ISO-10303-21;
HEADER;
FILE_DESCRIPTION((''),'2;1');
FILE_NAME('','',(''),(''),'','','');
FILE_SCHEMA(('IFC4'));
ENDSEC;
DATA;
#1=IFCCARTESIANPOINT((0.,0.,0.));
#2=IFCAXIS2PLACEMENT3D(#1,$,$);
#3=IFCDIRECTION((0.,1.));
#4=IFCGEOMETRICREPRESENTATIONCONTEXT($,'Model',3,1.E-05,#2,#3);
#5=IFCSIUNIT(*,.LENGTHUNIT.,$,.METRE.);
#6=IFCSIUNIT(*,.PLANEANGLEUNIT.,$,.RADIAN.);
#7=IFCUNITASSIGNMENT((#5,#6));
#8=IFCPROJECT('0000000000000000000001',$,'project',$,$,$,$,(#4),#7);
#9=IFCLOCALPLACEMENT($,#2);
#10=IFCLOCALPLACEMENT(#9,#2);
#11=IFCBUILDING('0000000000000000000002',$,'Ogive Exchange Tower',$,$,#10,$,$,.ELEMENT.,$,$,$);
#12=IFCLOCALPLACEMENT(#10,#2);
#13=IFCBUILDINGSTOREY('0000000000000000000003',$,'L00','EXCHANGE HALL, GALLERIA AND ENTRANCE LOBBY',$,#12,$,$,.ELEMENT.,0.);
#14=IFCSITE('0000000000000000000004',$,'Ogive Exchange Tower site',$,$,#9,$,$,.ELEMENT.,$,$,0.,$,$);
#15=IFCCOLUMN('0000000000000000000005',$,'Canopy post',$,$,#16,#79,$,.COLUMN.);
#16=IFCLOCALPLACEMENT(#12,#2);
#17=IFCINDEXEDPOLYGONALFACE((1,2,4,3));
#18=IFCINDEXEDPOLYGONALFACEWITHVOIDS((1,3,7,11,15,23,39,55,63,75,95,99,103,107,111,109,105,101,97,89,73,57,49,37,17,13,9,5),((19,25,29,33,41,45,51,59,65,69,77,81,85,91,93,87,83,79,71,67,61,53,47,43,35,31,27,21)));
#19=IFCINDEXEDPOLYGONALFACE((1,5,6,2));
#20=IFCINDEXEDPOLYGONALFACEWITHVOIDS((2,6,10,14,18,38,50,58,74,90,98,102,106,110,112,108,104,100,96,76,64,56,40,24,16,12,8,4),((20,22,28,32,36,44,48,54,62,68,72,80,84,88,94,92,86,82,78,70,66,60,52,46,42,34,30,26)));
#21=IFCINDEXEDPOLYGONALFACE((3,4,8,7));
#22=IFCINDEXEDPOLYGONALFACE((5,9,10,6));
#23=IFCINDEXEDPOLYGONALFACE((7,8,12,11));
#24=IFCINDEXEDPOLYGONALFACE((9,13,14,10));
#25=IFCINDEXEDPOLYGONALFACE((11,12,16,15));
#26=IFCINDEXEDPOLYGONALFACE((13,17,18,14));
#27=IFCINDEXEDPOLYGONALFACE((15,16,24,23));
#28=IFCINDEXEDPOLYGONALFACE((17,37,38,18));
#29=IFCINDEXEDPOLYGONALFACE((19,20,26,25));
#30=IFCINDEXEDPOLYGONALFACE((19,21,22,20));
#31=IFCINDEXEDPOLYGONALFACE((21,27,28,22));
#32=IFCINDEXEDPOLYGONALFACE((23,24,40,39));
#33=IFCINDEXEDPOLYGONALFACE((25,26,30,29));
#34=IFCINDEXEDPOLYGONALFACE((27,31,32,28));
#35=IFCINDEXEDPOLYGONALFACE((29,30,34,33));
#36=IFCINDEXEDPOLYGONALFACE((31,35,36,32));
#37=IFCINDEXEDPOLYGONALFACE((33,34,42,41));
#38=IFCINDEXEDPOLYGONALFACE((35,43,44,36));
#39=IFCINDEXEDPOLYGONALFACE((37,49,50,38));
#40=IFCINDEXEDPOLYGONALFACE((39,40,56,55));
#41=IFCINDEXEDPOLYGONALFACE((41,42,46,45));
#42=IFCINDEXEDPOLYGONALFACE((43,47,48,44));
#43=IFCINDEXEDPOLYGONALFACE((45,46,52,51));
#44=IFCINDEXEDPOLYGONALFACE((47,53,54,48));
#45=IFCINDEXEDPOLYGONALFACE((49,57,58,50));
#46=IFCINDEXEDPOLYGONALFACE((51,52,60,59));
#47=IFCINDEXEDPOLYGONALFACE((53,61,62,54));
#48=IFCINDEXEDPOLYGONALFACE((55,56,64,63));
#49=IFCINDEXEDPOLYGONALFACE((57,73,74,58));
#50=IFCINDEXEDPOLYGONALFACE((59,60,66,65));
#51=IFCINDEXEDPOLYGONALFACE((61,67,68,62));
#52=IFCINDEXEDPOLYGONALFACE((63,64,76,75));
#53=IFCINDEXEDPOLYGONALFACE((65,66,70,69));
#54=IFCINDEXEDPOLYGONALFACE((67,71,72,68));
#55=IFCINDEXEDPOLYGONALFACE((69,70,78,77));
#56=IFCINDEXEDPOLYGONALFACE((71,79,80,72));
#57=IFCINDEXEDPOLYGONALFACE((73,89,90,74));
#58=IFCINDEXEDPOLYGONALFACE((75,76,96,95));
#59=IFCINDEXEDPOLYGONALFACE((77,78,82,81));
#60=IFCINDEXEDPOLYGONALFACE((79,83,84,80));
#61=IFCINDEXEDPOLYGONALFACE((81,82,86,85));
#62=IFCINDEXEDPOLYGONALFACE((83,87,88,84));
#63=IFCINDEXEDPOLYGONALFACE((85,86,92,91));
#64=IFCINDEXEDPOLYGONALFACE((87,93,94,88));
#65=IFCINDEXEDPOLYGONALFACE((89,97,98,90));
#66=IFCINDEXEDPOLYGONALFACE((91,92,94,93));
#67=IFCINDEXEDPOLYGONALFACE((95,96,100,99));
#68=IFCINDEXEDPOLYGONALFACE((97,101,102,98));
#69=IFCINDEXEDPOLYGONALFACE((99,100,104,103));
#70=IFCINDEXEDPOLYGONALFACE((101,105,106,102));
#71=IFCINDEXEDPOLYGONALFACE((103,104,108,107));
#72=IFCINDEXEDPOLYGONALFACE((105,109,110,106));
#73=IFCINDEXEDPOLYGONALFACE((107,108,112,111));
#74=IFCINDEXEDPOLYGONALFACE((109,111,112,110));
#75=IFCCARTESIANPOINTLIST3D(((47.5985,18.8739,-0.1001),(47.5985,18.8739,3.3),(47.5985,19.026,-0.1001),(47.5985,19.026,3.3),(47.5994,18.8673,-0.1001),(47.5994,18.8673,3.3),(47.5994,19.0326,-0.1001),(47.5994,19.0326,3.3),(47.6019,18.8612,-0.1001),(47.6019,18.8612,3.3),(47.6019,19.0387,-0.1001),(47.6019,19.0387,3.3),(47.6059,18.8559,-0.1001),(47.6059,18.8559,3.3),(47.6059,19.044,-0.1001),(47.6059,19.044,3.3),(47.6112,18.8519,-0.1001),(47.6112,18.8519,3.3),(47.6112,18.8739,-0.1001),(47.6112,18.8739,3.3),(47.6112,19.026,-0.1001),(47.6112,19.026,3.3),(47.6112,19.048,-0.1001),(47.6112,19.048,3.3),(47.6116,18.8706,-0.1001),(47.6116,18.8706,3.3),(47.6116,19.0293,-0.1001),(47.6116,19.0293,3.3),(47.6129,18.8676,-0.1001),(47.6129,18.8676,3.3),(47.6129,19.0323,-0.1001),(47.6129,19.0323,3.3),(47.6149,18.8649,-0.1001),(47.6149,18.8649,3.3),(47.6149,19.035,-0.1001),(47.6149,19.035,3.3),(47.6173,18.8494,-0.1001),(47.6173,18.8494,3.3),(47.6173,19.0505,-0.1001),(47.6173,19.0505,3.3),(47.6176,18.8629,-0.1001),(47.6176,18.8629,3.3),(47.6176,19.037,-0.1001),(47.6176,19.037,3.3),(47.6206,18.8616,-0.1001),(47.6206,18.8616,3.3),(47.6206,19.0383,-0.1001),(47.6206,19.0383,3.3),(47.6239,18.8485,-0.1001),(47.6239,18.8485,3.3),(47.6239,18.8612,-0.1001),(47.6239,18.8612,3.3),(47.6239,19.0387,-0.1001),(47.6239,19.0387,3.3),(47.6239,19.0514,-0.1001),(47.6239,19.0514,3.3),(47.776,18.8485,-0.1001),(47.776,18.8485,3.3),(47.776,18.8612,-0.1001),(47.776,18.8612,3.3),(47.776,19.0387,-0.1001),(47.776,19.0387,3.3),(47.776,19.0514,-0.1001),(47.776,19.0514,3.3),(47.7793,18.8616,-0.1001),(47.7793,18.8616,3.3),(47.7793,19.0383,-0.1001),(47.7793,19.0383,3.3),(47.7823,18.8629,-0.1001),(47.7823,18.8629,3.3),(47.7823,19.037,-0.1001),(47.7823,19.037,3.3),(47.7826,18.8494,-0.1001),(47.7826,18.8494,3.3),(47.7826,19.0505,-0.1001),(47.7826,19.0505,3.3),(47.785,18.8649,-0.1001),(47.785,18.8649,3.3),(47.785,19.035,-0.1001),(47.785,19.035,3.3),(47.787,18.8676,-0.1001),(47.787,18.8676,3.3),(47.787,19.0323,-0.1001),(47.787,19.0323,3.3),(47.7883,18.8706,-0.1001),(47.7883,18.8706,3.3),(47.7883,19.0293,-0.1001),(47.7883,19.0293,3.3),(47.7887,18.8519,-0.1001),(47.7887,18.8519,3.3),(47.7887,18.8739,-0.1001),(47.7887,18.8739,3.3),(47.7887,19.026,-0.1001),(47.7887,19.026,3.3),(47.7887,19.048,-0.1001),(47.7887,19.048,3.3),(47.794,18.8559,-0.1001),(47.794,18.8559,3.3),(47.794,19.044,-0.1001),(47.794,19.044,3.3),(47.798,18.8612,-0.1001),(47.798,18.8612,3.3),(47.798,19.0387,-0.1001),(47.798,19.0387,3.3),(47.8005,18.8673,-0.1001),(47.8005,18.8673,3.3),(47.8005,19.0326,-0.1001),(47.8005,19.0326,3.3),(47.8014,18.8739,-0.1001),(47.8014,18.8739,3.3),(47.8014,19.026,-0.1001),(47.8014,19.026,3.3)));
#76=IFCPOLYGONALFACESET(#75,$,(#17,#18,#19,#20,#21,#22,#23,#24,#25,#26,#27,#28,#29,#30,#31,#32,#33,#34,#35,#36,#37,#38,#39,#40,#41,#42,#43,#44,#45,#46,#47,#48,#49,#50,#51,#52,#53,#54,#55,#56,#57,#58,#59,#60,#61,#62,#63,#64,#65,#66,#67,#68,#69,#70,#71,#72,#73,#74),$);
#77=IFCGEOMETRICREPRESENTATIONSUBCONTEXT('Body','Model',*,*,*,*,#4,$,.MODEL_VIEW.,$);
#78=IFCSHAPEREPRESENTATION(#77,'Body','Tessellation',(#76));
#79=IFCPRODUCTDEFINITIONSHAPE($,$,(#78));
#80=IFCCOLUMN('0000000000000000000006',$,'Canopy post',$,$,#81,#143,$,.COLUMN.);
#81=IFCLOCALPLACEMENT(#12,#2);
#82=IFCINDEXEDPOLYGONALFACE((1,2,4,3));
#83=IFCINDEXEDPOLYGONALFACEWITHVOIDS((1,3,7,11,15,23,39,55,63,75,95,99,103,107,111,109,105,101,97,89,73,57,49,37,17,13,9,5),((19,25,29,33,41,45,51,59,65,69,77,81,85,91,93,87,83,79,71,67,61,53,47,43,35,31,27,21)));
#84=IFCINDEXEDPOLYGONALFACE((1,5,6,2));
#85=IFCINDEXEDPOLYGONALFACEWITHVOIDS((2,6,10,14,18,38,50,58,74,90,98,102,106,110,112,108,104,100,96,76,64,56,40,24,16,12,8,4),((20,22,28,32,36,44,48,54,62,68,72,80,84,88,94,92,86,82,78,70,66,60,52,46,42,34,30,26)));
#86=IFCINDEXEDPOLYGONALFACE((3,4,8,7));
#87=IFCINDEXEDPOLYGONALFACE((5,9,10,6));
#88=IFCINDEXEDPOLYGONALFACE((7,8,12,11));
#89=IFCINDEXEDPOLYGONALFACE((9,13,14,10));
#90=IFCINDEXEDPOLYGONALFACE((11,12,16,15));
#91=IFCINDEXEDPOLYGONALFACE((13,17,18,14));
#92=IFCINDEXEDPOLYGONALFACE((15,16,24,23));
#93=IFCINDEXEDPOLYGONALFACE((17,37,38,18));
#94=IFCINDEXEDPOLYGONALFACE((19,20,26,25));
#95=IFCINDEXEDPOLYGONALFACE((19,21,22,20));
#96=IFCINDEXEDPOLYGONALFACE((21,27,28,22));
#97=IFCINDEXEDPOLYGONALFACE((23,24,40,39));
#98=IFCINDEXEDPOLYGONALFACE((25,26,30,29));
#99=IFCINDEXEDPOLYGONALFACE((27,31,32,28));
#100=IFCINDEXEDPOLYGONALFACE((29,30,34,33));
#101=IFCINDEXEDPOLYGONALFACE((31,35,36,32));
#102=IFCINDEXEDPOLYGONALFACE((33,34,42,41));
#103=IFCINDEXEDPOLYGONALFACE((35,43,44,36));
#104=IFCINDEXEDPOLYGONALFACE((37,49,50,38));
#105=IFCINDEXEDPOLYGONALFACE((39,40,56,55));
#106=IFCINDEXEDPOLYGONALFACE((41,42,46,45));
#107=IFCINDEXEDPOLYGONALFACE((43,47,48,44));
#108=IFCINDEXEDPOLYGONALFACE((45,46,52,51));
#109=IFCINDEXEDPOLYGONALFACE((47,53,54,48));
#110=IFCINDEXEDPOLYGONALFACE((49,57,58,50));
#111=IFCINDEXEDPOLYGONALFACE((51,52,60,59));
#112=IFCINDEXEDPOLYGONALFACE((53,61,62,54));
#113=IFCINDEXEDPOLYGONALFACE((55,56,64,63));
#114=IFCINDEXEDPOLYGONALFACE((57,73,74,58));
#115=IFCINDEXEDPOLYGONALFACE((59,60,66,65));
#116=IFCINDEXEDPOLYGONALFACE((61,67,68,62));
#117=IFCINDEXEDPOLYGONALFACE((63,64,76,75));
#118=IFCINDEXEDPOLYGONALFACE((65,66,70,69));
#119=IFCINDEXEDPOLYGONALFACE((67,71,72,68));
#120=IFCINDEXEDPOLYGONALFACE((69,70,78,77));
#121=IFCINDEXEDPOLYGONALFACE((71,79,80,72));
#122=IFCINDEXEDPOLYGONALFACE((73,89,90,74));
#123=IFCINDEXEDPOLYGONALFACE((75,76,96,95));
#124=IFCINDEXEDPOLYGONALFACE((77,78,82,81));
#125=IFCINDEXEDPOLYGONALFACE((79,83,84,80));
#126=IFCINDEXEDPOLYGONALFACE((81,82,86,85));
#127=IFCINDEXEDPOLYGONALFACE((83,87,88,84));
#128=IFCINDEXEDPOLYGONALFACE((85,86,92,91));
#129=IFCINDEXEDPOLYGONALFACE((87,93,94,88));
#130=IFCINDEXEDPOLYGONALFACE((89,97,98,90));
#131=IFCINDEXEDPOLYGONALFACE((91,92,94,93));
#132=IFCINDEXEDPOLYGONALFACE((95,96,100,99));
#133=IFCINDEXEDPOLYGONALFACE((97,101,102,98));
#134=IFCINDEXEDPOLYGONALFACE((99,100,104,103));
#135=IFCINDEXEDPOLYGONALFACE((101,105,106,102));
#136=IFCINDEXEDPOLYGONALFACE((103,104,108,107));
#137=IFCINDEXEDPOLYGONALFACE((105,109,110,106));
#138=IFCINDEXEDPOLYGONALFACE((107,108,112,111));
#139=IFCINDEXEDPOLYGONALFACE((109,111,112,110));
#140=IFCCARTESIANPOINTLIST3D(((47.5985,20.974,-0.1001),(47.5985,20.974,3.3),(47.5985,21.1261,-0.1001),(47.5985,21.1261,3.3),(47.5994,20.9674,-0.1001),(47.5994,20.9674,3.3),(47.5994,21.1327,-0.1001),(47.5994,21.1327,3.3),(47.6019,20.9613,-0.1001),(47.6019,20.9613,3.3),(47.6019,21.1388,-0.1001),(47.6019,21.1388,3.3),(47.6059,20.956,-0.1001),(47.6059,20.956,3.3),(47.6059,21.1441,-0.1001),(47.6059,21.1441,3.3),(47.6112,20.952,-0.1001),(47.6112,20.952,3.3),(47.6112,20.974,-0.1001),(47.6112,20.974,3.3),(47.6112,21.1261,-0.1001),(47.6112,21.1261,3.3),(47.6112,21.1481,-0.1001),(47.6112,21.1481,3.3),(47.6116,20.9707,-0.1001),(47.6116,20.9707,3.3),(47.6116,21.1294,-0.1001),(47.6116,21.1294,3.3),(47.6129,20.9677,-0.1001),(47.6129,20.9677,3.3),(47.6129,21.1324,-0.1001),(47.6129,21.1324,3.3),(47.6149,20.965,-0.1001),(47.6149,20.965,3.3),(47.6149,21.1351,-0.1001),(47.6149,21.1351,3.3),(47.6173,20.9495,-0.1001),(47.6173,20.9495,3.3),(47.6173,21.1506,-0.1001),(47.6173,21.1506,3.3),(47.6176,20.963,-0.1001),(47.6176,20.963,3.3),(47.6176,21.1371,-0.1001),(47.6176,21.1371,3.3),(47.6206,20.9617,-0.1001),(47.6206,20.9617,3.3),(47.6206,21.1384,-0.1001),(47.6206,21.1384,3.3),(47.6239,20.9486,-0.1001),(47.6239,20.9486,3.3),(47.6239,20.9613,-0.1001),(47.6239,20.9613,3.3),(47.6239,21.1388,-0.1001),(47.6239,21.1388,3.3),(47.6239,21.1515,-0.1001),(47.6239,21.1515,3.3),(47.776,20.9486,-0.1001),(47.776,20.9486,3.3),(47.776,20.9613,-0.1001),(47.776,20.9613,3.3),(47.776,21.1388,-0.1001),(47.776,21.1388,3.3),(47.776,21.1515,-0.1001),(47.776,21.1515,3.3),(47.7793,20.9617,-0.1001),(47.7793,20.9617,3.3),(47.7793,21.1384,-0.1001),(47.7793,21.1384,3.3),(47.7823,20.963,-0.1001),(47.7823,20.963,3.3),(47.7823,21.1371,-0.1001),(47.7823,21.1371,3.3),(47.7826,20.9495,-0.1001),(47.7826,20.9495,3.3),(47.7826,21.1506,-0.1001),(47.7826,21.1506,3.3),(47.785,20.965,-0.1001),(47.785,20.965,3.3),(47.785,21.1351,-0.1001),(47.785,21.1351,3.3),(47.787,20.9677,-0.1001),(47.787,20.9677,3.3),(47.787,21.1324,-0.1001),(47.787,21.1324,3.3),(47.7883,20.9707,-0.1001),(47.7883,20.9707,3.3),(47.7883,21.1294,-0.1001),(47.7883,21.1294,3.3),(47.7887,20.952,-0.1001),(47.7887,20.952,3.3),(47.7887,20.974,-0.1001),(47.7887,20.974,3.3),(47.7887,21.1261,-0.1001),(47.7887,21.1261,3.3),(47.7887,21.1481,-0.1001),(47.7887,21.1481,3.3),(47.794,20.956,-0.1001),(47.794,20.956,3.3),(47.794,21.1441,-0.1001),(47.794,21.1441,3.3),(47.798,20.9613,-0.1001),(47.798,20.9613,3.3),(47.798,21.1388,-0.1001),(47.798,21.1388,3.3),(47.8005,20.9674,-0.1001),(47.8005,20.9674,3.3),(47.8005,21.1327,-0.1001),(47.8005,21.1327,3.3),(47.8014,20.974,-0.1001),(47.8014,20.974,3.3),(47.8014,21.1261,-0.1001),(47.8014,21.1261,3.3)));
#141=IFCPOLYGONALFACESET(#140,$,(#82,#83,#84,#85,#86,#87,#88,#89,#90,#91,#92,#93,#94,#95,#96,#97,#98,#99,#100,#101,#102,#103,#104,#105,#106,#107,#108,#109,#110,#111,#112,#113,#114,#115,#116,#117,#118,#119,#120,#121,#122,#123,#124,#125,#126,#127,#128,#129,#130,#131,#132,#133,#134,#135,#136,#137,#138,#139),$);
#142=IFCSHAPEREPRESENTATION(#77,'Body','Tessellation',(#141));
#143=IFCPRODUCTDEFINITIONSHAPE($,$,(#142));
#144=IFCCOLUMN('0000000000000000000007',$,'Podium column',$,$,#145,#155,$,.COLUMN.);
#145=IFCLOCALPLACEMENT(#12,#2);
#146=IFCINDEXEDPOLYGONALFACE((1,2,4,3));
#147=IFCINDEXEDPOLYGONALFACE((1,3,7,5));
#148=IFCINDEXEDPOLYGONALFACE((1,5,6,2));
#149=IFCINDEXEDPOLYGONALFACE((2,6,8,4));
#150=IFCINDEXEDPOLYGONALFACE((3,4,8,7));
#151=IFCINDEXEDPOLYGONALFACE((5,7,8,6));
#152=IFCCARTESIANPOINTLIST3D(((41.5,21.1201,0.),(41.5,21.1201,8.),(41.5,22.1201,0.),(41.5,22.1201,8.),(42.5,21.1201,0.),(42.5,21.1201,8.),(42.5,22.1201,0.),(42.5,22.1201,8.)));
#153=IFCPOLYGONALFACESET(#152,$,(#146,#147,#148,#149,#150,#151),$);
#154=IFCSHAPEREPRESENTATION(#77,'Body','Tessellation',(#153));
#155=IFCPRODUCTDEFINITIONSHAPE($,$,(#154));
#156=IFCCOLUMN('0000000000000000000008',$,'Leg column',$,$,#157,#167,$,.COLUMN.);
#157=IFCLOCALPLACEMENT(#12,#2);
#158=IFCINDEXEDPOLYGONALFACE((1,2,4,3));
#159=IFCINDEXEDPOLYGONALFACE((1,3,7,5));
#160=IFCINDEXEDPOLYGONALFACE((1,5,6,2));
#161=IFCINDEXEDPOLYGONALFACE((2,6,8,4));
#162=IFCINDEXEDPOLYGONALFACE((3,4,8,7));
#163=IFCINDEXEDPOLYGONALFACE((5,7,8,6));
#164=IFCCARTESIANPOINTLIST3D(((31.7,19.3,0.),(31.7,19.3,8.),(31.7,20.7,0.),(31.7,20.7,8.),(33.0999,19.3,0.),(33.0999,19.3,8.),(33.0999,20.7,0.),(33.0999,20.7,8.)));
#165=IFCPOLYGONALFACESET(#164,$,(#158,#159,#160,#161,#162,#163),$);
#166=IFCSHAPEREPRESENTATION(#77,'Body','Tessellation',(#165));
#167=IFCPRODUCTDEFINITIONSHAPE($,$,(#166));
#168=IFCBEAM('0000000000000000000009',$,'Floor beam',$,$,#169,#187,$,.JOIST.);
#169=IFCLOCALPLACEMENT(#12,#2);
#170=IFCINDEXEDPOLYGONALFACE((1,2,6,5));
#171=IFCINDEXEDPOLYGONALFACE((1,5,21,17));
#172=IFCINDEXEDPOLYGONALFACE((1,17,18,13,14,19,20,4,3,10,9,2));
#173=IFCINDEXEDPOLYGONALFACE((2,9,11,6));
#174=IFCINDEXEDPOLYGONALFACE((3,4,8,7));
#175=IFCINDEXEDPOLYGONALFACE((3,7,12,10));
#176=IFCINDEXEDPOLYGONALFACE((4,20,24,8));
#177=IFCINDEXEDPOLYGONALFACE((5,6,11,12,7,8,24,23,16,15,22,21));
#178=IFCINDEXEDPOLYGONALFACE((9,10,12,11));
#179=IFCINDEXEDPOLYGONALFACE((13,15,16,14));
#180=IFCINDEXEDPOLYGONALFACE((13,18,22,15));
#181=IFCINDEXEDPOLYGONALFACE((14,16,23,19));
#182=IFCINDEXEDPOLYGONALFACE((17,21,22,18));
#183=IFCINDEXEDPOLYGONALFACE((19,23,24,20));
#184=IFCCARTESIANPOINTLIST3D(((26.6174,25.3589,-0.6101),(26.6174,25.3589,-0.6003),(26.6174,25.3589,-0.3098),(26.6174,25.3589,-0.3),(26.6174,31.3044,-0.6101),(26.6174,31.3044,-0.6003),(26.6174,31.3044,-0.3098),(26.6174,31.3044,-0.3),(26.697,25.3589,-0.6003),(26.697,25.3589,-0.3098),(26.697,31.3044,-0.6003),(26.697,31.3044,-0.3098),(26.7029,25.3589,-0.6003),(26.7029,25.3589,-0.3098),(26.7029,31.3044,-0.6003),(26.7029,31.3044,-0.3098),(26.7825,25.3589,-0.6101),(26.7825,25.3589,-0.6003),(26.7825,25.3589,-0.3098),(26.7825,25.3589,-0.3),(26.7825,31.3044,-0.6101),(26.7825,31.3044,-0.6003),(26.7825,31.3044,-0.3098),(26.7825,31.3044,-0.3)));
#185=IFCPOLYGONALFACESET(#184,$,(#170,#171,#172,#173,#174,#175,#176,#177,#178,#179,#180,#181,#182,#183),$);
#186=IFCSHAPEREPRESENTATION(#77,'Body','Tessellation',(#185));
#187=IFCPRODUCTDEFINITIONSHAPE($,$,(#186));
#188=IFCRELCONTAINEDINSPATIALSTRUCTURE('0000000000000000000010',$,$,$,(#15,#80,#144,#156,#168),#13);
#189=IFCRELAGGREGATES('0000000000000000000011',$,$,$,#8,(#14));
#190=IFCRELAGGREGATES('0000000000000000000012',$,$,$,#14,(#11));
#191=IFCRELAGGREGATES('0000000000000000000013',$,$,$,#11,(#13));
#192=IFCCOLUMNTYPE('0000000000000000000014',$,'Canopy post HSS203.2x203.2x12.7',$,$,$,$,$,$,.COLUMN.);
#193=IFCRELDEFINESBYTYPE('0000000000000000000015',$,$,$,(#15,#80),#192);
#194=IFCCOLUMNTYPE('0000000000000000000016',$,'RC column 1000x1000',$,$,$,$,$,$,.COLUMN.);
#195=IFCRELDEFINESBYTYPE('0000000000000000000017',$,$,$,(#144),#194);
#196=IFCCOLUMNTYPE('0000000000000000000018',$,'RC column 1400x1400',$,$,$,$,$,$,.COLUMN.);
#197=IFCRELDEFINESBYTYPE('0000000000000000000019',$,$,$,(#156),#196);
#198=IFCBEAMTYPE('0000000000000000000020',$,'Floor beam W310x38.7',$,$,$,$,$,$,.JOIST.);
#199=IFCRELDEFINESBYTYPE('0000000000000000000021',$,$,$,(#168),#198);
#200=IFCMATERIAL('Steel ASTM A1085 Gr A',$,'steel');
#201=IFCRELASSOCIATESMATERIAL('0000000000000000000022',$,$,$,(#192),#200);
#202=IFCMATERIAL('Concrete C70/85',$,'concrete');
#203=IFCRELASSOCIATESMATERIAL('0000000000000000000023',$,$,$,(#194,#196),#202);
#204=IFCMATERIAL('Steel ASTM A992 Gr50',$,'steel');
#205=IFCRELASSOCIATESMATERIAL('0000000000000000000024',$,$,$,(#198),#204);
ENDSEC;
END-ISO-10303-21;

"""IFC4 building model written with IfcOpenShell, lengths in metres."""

from ifc_helpers import new_model, si_unit, direction, frame, origin, origin_2d, place, context, subcontext, project, spatial, rectangle, hollow_rectangle, i_section, extrude, material, material_profile, profile_set, type_object, element, save


model = new_model("IFC4")

# Units and contexts
model_context = context("Model", 3, precision=1e-05, world=origin(), true_north=direction((0.0, 1.0)))
body_context = subcontext(model_context, "Body", "Model", "MODEL_VIEW")
ifc_project = project(units=[si_unit("LENGTHUNIT", "METRE"), si_unit("PLANEANGLEUNIT", "RADIAN")], contexts=[model_context])

# Site, building, storey
site_placement = place(None, origin())
site = spatial("IfcSite", under=ifc_project, at=site_placement, Name="Ogive Exchange Tower site", CompositionType="ELEMENT", RefElevation=0.0)
building_placement = place(site_placement, origin())
building = spatial("IfcBuilding", under=site, at=building_placement, Name="Ogive Exchange Tower", CompositionType="ELEMENT")
storey_placement = place(building_placement, origin())
storey = spatial("IfcBuildingStorey", under=building, at=storey_placement, Name="L00", Description="EXCHANGE HALL, GALLERIA AND ENTRANCE LOBBY", CompositionType="ELEMENT", Elevation=0.0)

# Columns
ifc_material_1 = material(Name="Steel ASTM A1085 Gr A", Category="steel")
ifc_material_profile_1 = material_profile(ifc_material_1, hollow_rectangle(XDim=0.2029, YDim=0.2029, WallThickness=0.0127, InnerFilletRadius=0.0127, OuterFilletRadius=0.0254, at=origin_2d()), Name="HSS203.2x203.2x12.7")
ifc_profile_set_1 = profile_set([ifc_material_profile_1], Name="Steel ASTM A1085 Gr A")
column_type_1 = type_object("IfcColumnType", Name="Canopy post HSS203.2x203.2x12.7", PredefinedType="COLUMN", material=ifc_profile_set_1)
for number, where, z_axis, x_axis, name in (
    (1, (47.7, 18.95, -0.1001), (0.0, 0.0, 1.0), (0.0, 1.0, 0.0), "Canopy post"),
    (2, (47.7, 21.05, -0.1001), (0.0, 0.0, 1.0), (0.0, 1.0, 0.0), "Canopy post"),
):
    element("IfcColumn", number, at=place(storey_placement, frame(where, z_axis=z_axis, x_axis=x_axis)), inside=storey, type_object=column_type_1, Name=name, PredefinedType="COLUMN", context=body_context, shape_type="SweptSolid", body=[
        extrude(hollow_rectangle(XDim=0.2029, YDim=0.2029, WallThickness=0.0127, InnerFilletRadius=0.0127, OuterFilletRadius=0.0254, at=origin_2d()), origin(), (0.0, 0.0, 1.0), 3.4001),
    ])
ifc_material_2 = material(Name="Concrete C70/85", Category="concrete")
ifc_material_profile_2 = material_profile(ifc_material_2, rectangle(XDim=1.0, YDim=1.0, at=origin_2d()), Name="RC 1000x1000")
ifc_profile_set_2 = profile_set([ifc_material_profile_2], Name="Concrete C70/85")
column_type_2 = type_object("IfcColumnType", Name="RC column 1000x1000", PredefinedType="COLUMN", material=ifc_profile_set_2)
column_1_placement = place(storey_placement, frame((42.0, 21.6201, 0.0), z_axis=(0.0, 0.0, 1.0), x_axis=(1.0, 0.0, 0.0)))
element("IfcColumn", 3, at=column_1_placement, inside=storey, type_object=column_type_2, Name="Podium column", PredefinedType="COLUMN", context=body_context, shape_type="SweptSolid", body=[
    extrude(rectangle(XDim=1.0, YDim=1.0, at=origin_2d()), origin(), (0.0, 0.0, 1.0), 8.0),
])
ifc_material_profile_3 = material_profile(ifc_material_2, rectangle(XDim=1.3999, YDim=1.3999, at=origin_2d()), Name="RC 1400x1400")
ifc_profile_set_3 = profile_set([ifc_material_profile_3], Name="Concrete C70/85")
column_type_3 = type_object("IfcColumnType", Name="RC column 1400x1400", PredefinedType="COLUMN", material=ifc_profile_set_3)
column_2_placement = place(storey_placement, frame((32.3999, 20.0, 0.0), z_axis=(0.0, 0.0, 1.0), x_axis=(1.0, 0.0, 0.0)))
element("IfcColumn", 4, at=column_2_placement, inside=storey, type_object=column_type_3, Name="Leg column", PredefinedType="COLUMN", context=body_context, shape_type="SweptSolid", body=[
    extrude(rectangle(XDim=1.3999, YDim=1.3999, at=origin_2d()), origin(), (0.0, 0.0, 1.0), 8.0),
])

# Beam
ifc_material_3 = material(Name="Steel ASTM A992 Gr50", Category="steel")
ifc_material_profile_4 = material_profile(ifc_material_3, i_section(OverallWidth=0.165, OverallDepth=0.3101, WebThickness=0.0059, FlangeThickness=0.0098, at=origin_2d()), Name="W310x38.7")
ifc_profile_set_4 = profile_set([ifc_material_profile_4], Name="Steel ASTM A992 Gr50")
beam_type_1 = type_object("IfcBeamType", Name="Floor beam W310x38.7", PredefinedType="JOIST", material=ifc_profile_set_4)
beam_1_placement = place(storey_placement, frame((26.7, 25.3589, -0.4551), z_axis=(0.0, 1.0, 0.0), x_axis=(-1.0, 0.0, 0.0)))
element("IfcBeam", 5, at=beam_1_placement, inside=storey, type_object=beam_type_1, Name="Floor beam", PredefinedType="JOIST", context=body_context, shape_type="SweptSolid", body=[
    extrude(i_section(OverallWidth=0.165, OverallDepth=0.3101, WebThickness=0.0059, FlangeThickness=0.0098, at=origin_2d()), origin(), (0.0, 0.0, 1.0), 5.9456),
])

save(model, "model.ifc")
